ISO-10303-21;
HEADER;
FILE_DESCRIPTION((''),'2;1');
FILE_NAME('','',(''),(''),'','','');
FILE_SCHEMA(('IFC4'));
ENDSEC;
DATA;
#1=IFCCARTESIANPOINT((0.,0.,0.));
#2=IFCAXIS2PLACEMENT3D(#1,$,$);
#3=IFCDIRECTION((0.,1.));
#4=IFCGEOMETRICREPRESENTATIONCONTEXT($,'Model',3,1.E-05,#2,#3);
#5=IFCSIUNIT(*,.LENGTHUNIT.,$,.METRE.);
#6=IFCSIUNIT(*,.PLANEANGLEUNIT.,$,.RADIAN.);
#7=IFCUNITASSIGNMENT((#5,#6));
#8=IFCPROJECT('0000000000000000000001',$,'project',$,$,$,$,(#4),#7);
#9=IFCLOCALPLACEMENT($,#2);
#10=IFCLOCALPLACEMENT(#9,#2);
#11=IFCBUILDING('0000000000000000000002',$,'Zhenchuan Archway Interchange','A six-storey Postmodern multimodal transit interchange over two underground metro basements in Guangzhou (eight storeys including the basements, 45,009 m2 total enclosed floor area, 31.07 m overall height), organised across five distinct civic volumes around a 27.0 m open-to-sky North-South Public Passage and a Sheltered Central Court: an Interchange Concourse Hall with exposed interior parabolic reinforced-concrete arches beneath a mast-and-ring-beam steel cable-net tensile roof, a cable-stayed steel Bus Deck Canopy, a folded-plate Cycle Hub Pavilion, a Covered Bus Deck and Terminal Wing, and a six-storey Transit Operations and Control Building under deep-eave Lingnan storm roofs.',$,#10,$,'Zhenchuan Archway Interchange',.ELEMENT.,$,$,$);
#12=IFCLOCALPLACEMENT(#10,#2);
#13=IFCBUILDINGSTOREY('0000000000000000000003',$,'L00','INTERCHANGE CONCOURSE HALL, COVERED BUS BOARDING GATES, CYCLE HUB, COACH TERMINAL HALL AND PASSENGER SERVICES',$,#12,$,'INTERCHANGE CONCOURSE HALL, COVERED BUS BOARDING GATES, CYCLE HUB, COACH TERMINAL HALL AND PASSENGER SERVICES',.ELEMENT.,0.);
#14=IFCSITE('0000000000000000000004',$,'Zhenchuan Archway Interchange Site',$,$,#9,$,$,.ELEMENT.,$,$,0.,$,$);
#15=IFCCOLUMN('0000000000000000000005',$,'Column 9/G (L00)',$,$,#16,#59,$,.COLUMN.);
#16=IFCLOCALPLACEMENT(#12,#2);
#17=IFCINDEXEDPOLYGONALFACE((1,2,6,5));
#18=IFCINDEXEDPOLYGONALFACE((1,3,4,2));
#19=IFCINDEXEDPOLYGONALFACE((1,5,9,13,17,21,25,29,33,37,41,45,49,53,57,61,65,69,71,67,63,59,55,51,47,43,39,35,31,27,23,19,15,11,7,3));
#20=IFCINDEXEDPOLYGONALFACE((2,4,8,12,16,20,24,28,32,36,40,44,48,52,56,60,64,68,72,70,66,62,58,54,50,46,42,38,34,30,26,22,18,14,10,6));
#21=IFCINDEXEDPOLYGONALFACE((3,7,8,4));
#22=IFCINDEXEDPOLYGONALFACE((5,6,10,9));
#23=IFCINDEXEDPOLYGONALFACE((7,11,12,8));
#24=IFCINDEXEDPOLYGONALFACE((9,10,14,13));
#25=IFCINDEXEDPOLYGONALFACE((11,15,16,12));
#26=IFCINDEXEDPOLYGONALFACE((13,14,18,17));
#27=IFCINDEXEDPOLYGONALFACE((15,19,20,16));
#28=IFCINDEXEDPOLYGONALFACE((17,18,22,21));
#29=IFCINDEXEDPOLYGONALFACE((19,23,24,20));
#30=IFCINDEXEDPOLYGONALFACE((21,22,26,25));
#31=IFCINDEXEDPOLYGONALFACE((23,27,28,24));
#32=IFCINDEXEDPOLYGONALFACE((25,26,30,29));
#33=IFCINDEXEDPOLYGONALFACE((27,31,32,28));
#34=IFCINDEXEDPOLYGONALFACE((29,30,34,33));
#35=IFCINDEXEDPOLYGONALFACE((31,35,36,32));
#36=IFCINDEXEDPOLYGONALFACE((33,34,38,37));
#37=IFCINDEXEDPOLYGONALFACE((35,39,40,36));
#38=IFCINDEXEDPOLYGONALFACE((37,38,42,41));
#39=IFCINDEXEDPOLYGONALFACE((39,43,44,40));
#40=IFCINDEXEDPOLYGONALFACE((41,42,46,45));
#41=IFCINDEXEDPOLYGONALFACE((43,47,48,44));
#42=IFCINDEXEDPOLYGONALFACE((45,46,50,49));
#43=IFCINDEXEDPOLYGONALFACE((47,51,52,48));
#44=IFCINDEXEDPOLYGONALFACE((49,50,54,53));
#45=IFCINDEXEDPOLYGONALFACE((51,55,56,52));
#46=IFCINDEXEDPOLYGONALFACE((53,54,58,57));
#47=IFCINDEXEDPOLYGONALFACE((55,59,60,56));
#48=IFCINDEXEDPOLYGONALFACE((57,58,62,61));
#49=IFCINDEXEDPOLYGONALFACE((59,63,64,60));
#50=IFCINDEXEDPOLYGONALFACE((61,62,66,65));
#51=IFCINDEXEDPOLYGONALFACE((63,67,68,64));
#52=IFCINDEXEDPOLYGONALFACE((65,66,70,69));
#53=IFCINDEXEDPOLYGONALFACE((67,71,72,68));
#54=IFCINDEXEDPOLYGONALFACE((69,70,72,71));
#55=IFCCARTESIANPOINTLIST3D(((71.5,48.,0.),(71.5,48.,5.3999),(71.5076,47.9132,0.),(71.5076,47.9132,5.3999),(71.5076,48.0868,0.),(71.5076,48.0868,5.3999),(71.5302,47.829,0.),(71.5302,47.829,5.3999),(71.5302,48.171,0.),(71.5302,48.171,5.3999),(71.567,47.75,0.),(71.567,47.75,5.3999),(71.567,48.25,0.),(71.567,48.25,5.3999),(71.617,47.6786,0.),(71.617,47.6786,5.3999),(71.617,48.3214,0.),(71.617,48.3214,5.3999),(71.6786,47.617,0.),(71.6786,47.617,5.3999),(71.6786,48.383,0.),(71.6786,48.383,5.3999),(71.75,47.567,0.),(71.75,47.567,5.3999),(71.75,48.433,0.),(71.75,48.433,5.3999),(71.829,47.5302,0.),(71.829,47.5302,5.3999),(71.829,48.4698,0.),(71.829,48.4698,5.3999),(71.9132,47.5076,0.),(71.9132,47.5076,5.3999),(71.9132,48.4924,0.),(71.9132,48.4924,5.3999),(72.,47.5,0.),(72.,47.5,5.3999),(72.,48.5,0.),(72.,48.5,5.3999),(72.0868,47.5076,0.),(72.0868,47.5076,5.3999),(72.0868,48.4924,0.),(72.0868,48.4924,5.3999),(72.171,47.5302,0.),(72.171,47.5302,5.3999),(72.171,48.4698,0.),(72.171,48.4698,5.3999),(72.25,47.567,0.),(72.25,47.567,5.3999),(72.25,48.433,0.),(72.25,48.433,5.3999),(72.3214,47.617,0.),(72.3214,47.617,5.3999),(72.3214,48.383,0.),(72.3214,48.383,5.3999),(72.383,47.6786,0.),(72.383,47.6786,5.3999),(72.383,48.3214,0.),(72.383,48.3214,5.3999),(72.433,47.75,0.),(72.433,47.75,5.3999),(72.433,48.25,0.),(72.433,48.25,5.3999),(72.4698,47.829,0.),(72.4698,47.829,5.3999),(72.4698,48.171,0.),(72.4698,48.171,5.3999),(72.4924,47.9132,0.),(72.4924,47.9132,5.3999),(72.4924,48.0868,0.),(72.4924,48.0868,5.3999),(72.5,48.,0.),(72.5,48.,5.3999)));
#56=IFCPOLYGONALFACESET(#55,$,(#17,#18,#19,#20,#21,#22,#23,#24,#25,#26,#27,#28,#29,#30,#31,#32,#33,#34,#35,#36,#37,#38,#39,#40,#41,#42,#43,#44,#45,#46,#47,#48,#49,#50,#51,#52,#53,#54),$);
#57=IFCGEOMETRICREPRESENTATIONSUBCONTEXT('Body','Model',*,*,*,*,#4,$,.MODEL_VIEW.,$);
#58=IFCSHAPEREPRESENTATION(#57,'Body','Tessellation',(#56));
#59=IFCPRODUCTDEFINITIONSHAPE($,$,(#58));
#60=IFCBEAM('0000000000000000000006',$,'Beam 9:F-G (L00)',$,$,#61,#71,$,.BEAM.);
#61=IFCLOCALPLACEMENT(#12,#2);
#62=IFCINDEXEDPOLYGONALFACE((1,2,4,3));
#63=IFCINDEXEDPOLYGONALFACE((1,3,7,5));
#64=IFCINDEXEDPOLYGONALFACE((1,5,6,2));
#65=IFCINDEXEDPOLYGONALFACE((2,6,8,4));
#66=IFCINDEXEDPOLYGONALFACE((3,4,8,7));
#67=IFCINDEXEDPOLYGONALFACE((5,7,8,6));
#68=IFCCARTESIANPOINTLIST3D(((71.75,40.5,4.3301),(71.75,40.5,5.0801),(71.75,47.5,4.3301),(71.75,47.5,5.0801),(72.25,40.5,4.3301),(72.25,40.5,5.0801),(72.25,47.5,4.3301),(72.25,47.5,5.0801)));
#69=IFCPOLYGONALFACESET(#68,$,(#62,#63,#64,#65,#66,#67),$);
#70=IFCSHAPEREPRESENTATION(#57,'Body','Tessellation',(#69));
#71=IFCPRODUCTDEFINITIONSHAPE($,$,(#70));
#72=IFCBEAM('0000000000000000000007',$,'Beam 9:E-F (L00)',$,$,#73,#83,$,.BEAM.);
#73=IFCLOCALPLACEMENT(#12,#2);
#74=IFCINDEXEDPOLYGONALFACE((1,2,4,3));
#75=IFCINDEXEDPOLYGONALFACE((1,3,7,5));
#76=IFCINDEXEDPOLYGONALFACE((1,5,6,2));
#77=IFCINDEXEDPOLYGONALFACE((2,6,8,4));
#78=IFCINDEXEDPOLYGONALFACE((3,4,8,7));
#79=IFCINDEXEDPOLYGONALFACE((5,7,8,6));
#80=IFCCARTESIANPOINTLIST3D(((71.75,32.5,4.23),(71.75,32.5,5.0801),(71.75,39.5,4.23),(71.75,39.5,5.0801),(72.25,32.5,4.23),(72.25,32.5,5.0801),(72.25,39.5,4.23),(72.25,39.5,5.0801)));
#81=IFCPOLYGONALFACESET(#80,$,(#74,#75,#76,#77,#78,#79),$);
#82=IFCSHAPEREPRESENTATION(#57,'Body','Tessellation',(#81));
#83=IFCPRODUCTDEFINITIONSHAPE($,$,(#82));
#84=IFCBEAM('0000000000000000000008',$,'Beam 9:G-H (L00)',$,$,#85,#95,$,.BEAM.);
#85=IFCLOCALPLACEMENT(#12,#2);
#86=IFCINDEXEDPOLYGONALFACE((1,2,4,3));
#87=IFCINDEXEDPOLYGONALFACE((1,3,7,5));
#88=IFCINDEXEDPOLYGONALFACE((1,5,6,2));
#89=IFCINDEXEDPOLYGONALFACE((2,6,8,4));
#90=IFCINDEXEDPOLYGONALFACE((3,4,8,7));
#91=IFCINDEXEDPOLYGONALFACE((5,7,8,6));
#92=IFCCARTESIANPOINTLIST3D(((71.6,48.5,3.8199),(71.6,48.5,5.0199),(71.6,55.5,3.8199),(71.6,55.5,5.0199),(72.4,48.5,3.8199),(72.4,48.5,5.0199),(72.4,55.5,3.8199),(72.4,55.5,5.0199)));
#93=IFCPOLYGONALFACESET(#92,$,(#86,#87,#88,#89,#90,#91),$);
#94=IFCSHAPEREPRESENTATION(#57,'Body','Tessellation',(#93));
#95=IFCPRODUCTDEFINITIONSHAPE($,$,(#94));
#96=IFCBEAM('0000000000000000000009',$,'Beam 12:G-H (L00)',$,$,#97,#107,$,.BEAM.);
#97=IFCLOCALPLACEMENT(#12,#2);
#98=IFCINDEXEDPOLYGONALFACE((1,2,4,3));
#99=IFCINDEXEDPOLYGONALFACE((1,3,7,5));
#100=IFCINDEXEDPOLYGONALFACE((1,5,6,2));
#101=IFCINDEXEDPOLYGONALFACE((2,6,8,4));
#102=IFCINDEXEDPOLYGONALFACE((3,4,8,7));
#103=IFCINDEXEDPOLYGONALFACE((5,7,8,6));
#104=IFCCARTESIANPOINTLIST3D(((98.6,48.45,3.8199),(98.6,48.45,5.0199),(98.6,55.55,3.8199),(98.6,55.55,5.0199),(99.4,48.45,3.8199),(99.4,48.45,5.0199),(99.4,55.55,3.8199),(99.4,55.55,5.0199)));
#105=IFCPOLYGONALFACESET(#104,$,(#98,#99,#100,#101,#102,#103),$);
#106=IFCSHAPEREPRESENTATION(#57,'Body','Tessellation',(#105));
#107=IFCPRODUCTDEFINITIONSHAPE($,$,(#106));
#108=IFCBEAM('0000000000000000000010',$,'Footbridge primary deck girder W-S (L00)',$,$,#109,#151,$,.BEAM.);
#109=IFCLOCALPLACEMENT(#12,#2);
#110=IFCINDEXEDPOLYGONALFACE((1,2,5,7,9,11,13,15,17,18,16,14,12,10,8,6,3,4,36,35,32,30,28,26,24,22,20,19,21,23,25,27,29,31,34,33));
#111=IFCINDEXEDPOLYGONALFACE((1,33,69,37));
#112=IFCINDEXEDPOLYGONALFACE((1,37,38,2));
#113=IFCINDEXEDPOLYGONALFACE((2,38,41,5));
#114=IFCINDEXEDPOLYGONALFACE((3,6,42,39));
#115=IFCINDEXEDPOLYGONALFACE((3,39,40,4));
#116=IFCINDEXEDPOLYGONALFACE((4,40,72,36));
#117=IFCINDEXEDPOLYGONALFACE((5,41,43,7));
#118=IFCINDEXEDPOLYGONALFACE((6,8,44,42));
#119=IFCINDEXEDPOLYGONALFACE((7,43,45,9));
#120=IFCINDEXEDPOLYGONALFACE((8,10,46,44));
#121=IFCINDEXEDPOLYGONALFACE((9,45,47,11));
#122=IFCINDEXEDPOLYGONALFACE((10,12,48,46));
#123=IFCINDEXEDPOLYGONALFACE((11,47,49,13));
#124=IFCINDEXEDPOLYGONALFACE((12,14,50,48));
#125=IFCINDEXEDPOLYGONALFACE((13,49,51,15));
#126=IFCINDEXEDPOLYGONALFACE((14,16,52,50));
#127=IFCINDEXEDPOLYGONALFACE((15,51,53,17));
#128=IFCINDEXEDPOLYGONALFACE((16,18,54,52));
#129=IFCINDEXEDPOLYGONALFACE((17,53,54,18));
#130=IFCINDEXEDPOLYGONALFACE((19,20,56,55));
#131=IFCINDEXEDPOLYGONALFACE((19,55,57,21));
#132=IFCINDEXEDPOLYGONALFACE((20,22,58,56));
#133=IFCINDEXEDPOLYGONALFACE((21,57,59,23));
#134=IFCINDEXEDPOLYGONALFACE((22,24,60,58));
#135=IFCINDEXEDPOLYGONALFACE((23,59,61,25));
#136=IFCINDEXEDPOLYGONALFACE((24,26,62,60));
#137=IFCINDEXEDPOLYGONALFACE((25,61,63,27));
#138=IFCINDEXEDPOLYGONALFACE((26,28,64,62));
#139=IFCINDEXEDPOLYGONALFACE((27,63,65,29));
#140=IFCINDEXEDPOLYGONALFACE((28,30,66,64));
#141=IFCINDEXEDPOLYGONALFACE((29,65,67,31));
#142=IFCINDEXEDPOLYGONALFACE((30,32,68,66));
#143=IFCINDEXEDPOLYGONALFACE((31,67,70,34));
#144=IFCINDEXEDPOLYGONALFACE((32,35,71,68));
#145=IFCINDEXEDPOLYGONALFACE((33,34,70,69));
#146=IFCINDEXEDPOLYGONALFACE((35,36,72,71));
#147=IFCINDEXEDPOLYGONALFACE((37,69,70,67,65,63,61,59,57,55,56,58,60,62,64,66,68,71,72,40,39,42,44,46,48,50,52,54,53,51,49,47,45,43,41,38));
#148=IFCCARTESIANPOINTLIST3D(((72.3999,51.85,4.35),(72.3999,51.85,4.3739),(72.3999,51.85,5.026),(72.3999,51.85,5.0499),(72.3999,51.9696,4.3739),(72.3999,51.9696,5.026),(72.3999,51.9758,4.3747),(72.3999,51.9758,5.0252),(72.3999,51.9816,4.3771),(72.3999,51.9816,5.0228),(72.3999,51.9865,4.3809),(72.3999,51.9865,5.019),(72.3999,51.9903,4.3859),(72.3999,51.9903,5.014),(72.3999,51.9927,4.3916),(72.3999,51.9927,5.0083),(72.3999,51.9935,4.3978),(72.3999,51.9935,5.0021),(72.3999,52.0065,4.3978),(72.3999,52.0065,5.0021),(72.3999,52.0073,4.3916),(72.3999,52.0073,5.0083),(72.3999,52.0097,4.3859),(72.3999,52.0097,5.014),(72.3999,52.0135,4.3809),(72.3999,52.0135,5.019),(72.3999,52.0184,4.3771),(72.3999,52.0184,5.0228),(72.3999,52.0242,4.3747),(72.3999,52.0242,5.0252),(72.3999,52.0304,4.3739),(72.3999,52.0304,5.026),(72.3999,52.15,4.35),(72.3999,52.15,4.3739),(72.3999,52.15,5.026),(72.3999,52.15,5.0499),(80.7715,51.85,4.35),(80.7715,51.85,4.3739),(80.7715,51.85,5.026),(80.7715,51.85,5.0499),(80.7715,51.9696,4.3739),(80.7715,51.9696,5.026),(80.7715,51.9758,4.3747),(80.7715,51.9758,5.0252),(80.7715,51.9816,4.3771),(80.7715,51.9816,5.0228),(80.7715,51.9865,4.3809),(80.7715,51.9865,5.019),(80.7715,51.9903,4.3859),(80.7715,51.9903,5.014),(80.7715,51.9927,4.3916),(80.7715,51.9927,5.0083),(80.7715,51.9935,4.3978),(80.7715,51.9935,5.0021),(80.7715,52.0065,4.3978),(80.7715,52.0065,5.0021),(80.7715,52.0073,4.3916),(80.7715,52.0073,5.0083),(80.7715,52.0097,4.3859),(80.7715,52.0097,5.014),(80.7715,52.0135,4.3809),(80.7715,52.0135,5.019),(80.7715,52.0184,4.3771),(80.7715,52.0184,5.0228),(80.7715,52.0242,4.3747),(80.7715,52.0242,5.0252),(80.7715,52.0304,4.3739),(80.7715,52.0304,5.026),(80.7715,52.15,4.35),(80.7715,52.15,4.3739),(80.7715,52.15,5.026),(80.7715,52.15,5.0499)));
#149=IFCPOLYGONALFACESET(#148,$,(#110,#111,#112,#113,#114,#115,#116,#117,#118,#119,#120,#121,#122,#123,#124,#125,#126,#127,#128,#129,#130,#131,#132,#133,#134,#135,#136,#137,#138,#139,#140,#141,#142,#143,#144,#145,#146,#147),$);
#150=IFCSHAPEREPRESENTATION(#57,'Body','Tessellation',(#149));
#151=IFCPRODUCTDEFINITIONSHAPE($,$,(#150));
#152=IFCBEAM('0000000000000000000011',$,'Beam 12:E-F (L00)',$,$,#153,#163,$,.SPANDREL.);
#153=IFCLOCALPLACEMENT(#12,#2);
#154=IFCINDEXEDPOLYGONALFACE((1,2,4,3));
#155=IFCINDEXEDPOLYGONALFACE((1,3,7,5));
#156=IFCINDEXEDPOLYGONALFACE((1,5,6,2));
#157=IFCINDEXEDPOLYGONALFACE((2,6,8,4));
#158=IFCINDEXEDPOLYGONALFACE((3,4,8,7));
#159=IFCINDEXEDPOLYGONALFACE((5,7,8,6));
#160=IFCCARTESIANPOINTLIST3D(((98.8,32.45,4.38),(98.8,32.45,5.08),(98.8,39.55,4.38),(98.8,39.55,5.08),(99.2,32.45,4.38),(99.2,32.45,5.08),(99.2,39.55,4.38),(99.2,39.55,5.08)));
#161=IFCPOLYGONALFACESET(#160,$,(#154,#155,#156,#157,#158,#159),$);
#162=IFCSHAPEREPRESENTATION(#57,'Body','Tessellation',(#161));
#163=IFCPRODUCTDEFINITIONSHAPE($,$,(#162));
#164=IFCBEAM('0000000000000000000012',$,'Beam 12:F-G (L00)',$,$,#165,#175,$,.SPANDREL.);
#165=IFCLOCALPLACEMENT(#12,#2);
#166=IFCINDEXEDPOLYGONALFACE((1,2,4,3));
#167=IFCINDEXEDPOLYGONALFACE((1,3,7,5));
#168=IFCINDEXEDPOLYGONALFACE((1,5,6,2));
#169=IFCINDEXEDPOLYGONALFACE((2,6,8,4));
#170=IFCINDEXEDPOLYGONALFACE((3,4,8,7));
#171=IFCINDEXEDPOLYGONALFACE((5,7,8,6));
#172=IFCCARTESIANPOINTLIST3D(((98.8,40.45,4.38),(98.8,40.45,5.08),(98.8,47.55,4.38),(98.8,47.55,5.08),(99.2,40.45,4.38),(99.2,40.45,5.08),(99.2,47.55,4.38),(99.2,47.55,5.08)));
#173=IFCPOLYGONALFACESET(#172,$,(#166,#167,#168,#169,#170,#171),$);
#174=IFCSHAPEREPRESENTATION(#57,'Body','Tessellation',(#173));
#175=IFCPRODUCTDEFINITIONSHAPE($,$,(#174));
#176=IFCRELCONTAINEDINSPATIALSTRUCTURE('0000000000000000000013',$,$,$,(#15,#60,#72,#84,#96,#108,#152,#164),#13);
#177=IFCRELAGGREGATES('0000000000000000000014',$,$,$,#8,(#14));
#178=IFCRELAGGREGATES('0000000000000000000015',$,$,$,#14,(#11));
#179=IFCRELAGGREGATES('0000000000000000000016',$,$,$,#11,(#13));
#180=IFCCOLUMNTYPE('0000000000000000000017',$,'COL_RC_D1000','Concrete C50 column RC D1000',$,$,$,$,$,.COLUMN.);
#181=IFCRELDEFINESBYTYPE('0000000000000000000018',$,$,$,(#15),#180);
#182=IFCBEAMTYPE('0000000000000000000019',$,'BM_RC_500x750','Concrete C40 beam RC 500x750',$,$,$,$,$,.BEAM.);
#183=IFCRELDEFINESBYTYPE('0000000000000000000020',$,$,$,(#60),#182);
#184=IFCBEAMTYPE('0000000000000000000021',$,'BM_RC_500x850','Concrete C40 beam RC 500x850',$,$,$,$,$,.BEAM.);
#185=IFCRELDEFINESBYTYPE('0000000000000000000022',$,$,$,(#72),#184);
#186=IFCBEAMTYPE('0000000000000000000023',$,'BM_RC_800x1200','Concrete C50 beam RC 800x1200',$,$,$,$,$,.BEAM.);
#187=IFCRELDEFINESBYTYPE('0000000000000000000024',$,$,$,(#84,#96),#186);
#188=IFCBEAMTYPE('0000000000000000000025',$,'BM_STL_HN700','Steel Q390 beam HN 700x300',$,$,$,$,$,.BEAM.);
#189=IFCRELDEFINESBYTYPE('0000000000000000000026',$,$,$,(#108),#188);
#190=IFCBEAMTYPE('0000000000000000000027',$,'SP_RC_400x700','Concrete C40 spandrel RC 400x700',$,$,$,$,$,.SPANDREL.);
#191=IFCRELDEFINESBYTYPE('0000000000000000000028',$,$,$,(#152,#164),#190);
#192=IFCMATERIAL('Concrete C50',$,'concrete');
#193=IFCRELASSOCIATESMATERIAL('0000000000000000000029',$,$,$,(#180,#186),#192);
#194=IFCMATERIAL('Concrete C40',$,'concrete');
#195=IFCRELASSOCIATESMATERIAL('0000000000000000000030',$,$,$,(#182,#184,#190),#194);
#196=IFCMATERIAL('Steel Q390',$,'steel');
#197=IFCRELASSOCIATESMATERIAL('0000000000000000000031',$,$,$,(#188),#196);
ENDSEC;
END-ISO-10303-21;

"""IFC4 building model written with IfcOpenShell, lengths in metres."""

from ifc_helpers import new_model, si_unit, direction, frame, origin, origin_2d, place, context, subcontext, project, spatial, rectangle, circle, i_section, extrude, material, material_profile, profile_set, type_object, element, save


model = new_model("IFC4")

# Units and contexts
model_context = context("Model", 3, precision=1e-05, world=origin(), true_north=direction((0.0, 1.0)))
body_context = subcontext(model_context, "Body", "Model", "MODEL_VIEW")
ifc_project = project(units=[si_unit("LENGTHUNIT", "METRE"), si_unit("PLANEANGLEUNIT", "RADIAN")], contexts=[model_context])

# Site, building, storey
site_placement = place(None, origin())
site = spatial("IfcSite", under=ifc_project, at=site_placement, Name="Zhenchuan Archway Interchange Site", CompositionType="ELEMENT", RefElevation=0.0)
building_placement = place(site_placement, origin())
building = spatial("IfcBuilding", under=site, at=building_placement, Name="Zhenchuan Archway Interchange", Description="A six-storey Postmodern multimodal transit interchange over two underground metro basements in Guangzhou (eight storeys including the basements, 45,009 m2 total enclosed floor area, 31.07 m overall height), organised across five distinct civic volumes around a 27.0 m open-to-sky North-South Public Passage and a Sheltered Central Court: an Interchange Concourse Hall with exposed interior parabolic reinforced-concrete arches beneath a mast-and-ring-beam steel cable-net tensile roof, a cable-stayed steel Bus Deck Canopy, a folded-plate Cycle Hub Pavilion, a Covered Bus Deck and Terminal Wing, and a six-storey Transit Operations and Control Building under deep-eave Lingnan storm roofs.", LongName="Zhenchuan Archway Interchange", CompositionType="ELEMENT")
storey_placement = place(building_placement, origin())
storey = spatial("IfcBuildingStorey", under=building, at=storey_placement, Name="L00", Description="INTERCHANGE CONCOURSE HALL, COVERED BUS BOARDING GATES, CYCLE HUB, COACH TERMINAL HALL AND PASSENGER SERVICES", LongName="INTERCHANGE CONCOURSE HALL, COVERED BUS BOARDING GATES, CYCLE HUB, COACH TERMINAL HALL AND PASSENGER SERVICES", CompositionType="ELEMENT", Elevation=0.0)

# Column
ifc_material_1 = material(Name="Concrete C50", Category="concrete")
ifc_material_profile_1 = material_profile(ifc_material_1, circle(Radius=0.5, at=origin_2d()), Name="RC D1000")
ifc_profile_set_1 = profile_set([ifc_material_profile_1], Name="Concrete C50")
column_type_1 = type_object("IfcColumnType", Name="COL_RC_D1000", Description="Concrete C50 column RC D1000", PredefinedType="COLUMN", material=ifc_profile_set_1)
for number, where, z_axis, x_axis, name in (
    (1, (72.0, 48.0, 0.0), (0.0, 0.0, 1.0), (1.0, 0.0, 0.0), "Column 9/G (L00)"),
):
    element("IfcColumn", number, at=place(storey_placement, frame(where, z_axis=z_axis, x_axis=x_axis)), inside=storey, type_object=column_type_1, Name=name, PredefinedType="COLUMN", context=body_context, shape_type="SweptSolid", body=[
        extrude(circle(Radius=0.5, at=origin_2d()), origin(), (0.0, 0.0, 1.0), 5.3999),
    ])

# Beams
ifc_material_2 = material(Name="Concrete C40", Category="concrete")
ifc_material_profile_2 = material_profile(ifc_material_2, rectangle(XDim=0.5, YDim=0.75, at=origin_2d()), Name="RC 500x750")
ifc_profile_set_2 = profile_set([ifc_material_profile_2], Name="Concrete C40")
beam_type_1 = type_object("IfcBeamType", Name="BM_RC_500x750", Description="Concrete C40 beam RC 500x750", PredefinedType="BEAM", material=ifc_profile_set_2)
beam_1_placement = place(storey_placement, frame((72.0, 40.5, 4.7051), z_axis=(0.0, 1.0, 0.0), x_axis=(-1.0, 0.0, 0.0)))
element("IfcBeam", 2, at=beam_1_placement, inside=storey, type_object=beam_type_1, Name="Beam 9:F-G (L00)", PredefinedType="BEAM", context=body_context, shape_type="SweptSolid", body=[
    extrude(rectangle(XDim=0.5, YDim=0.75, at=origin_2d()), origin(), (0.0, 0.0, 1.0), 7.0),
])
ifc_material_profile_3 = material_profile(ifc_material_2, rectangle(XDim=0.5, YDim=0.8501, at=origin_2d()), Name="RC 500x850")
ifc_profile_set_3 = profile_set([ifc_material_profile_3], Name="Concrete C40")
beam_type_2 = type_object("IfcBeamType", Name="BM_RC_500x850", Description="Concrete C40 beam RC 500x850", PredefinedType="BEAM", material=ifc_profile_set_3)
beam_2_placement = place(storey_placement, frame((72.0, 32.5, 4.655), z_axis=(0.0, 1.0, 0.0), x_axis=(-1.0, 0.0, 0.0)))
element("IfcBeam", 3, at=beam_2_placement, inside=storey, type_object=beam_type_2, Name="Beam 9:E-F (L00)", PredefinedType="BEAM", context=body_context, shape_type="SweptSolid", body=[
    extrude(rectangle(XDim=0.5, YDim=0.8501, at=origin_2d()), origin(), (0.0, 0.0, 1.0), 7.0),
])
ifc_material_profile_4 = material_profile(ifc_material_1, rectangle(XDim=0.8, YDim=1.2, at=origin_2d()), Name="RC 800x1200")
ifc_profile_set_4 = profile_set([ifc_material_profile_4], Name="Concrete C50")
beam_type_3 = type_object("IfcBeamType", Name="BM_RC_800x1200", Description="Concrete C50 beam RC 800x1200", PredefinedType="BEAM", material=ifc_profile_set_4)
beam_3_placement = place(storey_placement, frame((72.0, 48.5, 4.4199), z_axis=(0.0, 1.0, 0.0), x_axis=(-1.0, 0.0, 0.0)))
element("IfcBeam", 4, at=beam_3_placement, inside=storey, type_object=beam_type_3, Name="Beam 9:G-H (L00)", PredefinedType="BEAM", context=body_context, shape_type="SweptSolid", body=[
    extrude(rectangle(XDim=0.8, YDim=1.2, at=origin_2d()), origin(), (0.0, 0.0, 1.0), 7.0),
])
beam_4_placement = place(storey_placement, frame((99.0, 48.45, 4.4199), z_axis=(0.0, 1.0, 0.0), x_axis=(-1.0, 0.0, 0.0)))
element("IfcBeam", 5, at=beam_4_placement, inside=storey, type_object=beam_type_3, Name="Beam 12:G-H (L00)", PredefinedType="BEAM", context=body_context, shape_type="SweptSolid", body=[
    extrude(rectangle(XDim=0.8, YDim=1.2, at=origin_2d()), origin(), (0.0, 0.0, 1.0), 7.1001),
])
ifc_material_3 = material(Name="Steel Q390", Category="steel")
ifc_material_profile_5 = material_profile(ifc_material_3, i_section(OverallWidth=0.3, OverallDepth=0.7, WebThickness=0.0129, FlangeThickness=0.0239, FilletRadius=0.0239, at=origin_2d()), Name="HN 700x300")
ifc_profile_set_5 = profile_set([ifc_material_profile_5], Name="Steel Q390")
beam_type_4 = type_object("IfcBeamType", Name="BM_STL_HN700", Description="Steel Q390 beam HN 700x300", PredefinedType="BEAM", material=ifc_profile_set_5)
beam_5_placement = place(storey_placement, frame((72.3999, 52.0, 4.7), z_axis=(1.0, 0.0, 0.0), x_axis=(0.0, 1.0, 0.0)))
element("IfcBeam", 6, at=beam_5_placement, inside=storey, type_object=beam_type_4, Name="Footbridge primary deck girder W-S (L00)", PredefinedType="BEAM", context=body_context, shape_type="SweptSolid", body=[
    extrude(i_section(OverallWidth=0.3, OverallDepth=0.7, WebThickness=0.0129, FlangeThickness=0.0239, FilletRadius=0.0239, at=origin_2d()), origin(), (0.0, 0.0, 1.0), 8.3716),
])
ifc_material_profile_6 = material_profile(ifc_material_2, rectangle(XDim=0.3999, YDim=0.7, at=origin_2d()), Name="RC 400x700")
ifc_profile_set_6 = profile_set([ifc_material_profile_6], Name="Concrete C40")
beam_type_5 = type_object("IfcBeamType", Name="SP_RC_400x700", Description="Concrete C40 spandrel RC 400x700", PredefinedType="SPANDREL", material=ifc_profile_set_6)
for number, where, z_axis, x_axis, name in (
    (7, (99.0, 32.45, 4.73), (0.0, 1.0, 0.0), (-1.0, 0.0, 0.0), "Beam 12:E-F (L00)"),
    (8, (99.0, 40.45, 4.73), (0.0, 1.0, 0.0), (-1.0, 0.0, 0.0), "Beam 12:F-G (L00)"),
):
    element("IfcBeam", number, at=place(storey_placement, frame(where, z_axis=z_axis, x_axis=x_axis)), inside=storey, type_object=beam_type_5, Name=name, PredefinedType="SPANDREL", context=body_context, shape_type="SweptSolid", body=[
        extrude(rectangle(XDim=0.3999, YDim=0.7, at=origin_2d()), origin(), (0.0, 0.0, 1.0), 7.1001),
    ])

save(model, "model.ifc")
